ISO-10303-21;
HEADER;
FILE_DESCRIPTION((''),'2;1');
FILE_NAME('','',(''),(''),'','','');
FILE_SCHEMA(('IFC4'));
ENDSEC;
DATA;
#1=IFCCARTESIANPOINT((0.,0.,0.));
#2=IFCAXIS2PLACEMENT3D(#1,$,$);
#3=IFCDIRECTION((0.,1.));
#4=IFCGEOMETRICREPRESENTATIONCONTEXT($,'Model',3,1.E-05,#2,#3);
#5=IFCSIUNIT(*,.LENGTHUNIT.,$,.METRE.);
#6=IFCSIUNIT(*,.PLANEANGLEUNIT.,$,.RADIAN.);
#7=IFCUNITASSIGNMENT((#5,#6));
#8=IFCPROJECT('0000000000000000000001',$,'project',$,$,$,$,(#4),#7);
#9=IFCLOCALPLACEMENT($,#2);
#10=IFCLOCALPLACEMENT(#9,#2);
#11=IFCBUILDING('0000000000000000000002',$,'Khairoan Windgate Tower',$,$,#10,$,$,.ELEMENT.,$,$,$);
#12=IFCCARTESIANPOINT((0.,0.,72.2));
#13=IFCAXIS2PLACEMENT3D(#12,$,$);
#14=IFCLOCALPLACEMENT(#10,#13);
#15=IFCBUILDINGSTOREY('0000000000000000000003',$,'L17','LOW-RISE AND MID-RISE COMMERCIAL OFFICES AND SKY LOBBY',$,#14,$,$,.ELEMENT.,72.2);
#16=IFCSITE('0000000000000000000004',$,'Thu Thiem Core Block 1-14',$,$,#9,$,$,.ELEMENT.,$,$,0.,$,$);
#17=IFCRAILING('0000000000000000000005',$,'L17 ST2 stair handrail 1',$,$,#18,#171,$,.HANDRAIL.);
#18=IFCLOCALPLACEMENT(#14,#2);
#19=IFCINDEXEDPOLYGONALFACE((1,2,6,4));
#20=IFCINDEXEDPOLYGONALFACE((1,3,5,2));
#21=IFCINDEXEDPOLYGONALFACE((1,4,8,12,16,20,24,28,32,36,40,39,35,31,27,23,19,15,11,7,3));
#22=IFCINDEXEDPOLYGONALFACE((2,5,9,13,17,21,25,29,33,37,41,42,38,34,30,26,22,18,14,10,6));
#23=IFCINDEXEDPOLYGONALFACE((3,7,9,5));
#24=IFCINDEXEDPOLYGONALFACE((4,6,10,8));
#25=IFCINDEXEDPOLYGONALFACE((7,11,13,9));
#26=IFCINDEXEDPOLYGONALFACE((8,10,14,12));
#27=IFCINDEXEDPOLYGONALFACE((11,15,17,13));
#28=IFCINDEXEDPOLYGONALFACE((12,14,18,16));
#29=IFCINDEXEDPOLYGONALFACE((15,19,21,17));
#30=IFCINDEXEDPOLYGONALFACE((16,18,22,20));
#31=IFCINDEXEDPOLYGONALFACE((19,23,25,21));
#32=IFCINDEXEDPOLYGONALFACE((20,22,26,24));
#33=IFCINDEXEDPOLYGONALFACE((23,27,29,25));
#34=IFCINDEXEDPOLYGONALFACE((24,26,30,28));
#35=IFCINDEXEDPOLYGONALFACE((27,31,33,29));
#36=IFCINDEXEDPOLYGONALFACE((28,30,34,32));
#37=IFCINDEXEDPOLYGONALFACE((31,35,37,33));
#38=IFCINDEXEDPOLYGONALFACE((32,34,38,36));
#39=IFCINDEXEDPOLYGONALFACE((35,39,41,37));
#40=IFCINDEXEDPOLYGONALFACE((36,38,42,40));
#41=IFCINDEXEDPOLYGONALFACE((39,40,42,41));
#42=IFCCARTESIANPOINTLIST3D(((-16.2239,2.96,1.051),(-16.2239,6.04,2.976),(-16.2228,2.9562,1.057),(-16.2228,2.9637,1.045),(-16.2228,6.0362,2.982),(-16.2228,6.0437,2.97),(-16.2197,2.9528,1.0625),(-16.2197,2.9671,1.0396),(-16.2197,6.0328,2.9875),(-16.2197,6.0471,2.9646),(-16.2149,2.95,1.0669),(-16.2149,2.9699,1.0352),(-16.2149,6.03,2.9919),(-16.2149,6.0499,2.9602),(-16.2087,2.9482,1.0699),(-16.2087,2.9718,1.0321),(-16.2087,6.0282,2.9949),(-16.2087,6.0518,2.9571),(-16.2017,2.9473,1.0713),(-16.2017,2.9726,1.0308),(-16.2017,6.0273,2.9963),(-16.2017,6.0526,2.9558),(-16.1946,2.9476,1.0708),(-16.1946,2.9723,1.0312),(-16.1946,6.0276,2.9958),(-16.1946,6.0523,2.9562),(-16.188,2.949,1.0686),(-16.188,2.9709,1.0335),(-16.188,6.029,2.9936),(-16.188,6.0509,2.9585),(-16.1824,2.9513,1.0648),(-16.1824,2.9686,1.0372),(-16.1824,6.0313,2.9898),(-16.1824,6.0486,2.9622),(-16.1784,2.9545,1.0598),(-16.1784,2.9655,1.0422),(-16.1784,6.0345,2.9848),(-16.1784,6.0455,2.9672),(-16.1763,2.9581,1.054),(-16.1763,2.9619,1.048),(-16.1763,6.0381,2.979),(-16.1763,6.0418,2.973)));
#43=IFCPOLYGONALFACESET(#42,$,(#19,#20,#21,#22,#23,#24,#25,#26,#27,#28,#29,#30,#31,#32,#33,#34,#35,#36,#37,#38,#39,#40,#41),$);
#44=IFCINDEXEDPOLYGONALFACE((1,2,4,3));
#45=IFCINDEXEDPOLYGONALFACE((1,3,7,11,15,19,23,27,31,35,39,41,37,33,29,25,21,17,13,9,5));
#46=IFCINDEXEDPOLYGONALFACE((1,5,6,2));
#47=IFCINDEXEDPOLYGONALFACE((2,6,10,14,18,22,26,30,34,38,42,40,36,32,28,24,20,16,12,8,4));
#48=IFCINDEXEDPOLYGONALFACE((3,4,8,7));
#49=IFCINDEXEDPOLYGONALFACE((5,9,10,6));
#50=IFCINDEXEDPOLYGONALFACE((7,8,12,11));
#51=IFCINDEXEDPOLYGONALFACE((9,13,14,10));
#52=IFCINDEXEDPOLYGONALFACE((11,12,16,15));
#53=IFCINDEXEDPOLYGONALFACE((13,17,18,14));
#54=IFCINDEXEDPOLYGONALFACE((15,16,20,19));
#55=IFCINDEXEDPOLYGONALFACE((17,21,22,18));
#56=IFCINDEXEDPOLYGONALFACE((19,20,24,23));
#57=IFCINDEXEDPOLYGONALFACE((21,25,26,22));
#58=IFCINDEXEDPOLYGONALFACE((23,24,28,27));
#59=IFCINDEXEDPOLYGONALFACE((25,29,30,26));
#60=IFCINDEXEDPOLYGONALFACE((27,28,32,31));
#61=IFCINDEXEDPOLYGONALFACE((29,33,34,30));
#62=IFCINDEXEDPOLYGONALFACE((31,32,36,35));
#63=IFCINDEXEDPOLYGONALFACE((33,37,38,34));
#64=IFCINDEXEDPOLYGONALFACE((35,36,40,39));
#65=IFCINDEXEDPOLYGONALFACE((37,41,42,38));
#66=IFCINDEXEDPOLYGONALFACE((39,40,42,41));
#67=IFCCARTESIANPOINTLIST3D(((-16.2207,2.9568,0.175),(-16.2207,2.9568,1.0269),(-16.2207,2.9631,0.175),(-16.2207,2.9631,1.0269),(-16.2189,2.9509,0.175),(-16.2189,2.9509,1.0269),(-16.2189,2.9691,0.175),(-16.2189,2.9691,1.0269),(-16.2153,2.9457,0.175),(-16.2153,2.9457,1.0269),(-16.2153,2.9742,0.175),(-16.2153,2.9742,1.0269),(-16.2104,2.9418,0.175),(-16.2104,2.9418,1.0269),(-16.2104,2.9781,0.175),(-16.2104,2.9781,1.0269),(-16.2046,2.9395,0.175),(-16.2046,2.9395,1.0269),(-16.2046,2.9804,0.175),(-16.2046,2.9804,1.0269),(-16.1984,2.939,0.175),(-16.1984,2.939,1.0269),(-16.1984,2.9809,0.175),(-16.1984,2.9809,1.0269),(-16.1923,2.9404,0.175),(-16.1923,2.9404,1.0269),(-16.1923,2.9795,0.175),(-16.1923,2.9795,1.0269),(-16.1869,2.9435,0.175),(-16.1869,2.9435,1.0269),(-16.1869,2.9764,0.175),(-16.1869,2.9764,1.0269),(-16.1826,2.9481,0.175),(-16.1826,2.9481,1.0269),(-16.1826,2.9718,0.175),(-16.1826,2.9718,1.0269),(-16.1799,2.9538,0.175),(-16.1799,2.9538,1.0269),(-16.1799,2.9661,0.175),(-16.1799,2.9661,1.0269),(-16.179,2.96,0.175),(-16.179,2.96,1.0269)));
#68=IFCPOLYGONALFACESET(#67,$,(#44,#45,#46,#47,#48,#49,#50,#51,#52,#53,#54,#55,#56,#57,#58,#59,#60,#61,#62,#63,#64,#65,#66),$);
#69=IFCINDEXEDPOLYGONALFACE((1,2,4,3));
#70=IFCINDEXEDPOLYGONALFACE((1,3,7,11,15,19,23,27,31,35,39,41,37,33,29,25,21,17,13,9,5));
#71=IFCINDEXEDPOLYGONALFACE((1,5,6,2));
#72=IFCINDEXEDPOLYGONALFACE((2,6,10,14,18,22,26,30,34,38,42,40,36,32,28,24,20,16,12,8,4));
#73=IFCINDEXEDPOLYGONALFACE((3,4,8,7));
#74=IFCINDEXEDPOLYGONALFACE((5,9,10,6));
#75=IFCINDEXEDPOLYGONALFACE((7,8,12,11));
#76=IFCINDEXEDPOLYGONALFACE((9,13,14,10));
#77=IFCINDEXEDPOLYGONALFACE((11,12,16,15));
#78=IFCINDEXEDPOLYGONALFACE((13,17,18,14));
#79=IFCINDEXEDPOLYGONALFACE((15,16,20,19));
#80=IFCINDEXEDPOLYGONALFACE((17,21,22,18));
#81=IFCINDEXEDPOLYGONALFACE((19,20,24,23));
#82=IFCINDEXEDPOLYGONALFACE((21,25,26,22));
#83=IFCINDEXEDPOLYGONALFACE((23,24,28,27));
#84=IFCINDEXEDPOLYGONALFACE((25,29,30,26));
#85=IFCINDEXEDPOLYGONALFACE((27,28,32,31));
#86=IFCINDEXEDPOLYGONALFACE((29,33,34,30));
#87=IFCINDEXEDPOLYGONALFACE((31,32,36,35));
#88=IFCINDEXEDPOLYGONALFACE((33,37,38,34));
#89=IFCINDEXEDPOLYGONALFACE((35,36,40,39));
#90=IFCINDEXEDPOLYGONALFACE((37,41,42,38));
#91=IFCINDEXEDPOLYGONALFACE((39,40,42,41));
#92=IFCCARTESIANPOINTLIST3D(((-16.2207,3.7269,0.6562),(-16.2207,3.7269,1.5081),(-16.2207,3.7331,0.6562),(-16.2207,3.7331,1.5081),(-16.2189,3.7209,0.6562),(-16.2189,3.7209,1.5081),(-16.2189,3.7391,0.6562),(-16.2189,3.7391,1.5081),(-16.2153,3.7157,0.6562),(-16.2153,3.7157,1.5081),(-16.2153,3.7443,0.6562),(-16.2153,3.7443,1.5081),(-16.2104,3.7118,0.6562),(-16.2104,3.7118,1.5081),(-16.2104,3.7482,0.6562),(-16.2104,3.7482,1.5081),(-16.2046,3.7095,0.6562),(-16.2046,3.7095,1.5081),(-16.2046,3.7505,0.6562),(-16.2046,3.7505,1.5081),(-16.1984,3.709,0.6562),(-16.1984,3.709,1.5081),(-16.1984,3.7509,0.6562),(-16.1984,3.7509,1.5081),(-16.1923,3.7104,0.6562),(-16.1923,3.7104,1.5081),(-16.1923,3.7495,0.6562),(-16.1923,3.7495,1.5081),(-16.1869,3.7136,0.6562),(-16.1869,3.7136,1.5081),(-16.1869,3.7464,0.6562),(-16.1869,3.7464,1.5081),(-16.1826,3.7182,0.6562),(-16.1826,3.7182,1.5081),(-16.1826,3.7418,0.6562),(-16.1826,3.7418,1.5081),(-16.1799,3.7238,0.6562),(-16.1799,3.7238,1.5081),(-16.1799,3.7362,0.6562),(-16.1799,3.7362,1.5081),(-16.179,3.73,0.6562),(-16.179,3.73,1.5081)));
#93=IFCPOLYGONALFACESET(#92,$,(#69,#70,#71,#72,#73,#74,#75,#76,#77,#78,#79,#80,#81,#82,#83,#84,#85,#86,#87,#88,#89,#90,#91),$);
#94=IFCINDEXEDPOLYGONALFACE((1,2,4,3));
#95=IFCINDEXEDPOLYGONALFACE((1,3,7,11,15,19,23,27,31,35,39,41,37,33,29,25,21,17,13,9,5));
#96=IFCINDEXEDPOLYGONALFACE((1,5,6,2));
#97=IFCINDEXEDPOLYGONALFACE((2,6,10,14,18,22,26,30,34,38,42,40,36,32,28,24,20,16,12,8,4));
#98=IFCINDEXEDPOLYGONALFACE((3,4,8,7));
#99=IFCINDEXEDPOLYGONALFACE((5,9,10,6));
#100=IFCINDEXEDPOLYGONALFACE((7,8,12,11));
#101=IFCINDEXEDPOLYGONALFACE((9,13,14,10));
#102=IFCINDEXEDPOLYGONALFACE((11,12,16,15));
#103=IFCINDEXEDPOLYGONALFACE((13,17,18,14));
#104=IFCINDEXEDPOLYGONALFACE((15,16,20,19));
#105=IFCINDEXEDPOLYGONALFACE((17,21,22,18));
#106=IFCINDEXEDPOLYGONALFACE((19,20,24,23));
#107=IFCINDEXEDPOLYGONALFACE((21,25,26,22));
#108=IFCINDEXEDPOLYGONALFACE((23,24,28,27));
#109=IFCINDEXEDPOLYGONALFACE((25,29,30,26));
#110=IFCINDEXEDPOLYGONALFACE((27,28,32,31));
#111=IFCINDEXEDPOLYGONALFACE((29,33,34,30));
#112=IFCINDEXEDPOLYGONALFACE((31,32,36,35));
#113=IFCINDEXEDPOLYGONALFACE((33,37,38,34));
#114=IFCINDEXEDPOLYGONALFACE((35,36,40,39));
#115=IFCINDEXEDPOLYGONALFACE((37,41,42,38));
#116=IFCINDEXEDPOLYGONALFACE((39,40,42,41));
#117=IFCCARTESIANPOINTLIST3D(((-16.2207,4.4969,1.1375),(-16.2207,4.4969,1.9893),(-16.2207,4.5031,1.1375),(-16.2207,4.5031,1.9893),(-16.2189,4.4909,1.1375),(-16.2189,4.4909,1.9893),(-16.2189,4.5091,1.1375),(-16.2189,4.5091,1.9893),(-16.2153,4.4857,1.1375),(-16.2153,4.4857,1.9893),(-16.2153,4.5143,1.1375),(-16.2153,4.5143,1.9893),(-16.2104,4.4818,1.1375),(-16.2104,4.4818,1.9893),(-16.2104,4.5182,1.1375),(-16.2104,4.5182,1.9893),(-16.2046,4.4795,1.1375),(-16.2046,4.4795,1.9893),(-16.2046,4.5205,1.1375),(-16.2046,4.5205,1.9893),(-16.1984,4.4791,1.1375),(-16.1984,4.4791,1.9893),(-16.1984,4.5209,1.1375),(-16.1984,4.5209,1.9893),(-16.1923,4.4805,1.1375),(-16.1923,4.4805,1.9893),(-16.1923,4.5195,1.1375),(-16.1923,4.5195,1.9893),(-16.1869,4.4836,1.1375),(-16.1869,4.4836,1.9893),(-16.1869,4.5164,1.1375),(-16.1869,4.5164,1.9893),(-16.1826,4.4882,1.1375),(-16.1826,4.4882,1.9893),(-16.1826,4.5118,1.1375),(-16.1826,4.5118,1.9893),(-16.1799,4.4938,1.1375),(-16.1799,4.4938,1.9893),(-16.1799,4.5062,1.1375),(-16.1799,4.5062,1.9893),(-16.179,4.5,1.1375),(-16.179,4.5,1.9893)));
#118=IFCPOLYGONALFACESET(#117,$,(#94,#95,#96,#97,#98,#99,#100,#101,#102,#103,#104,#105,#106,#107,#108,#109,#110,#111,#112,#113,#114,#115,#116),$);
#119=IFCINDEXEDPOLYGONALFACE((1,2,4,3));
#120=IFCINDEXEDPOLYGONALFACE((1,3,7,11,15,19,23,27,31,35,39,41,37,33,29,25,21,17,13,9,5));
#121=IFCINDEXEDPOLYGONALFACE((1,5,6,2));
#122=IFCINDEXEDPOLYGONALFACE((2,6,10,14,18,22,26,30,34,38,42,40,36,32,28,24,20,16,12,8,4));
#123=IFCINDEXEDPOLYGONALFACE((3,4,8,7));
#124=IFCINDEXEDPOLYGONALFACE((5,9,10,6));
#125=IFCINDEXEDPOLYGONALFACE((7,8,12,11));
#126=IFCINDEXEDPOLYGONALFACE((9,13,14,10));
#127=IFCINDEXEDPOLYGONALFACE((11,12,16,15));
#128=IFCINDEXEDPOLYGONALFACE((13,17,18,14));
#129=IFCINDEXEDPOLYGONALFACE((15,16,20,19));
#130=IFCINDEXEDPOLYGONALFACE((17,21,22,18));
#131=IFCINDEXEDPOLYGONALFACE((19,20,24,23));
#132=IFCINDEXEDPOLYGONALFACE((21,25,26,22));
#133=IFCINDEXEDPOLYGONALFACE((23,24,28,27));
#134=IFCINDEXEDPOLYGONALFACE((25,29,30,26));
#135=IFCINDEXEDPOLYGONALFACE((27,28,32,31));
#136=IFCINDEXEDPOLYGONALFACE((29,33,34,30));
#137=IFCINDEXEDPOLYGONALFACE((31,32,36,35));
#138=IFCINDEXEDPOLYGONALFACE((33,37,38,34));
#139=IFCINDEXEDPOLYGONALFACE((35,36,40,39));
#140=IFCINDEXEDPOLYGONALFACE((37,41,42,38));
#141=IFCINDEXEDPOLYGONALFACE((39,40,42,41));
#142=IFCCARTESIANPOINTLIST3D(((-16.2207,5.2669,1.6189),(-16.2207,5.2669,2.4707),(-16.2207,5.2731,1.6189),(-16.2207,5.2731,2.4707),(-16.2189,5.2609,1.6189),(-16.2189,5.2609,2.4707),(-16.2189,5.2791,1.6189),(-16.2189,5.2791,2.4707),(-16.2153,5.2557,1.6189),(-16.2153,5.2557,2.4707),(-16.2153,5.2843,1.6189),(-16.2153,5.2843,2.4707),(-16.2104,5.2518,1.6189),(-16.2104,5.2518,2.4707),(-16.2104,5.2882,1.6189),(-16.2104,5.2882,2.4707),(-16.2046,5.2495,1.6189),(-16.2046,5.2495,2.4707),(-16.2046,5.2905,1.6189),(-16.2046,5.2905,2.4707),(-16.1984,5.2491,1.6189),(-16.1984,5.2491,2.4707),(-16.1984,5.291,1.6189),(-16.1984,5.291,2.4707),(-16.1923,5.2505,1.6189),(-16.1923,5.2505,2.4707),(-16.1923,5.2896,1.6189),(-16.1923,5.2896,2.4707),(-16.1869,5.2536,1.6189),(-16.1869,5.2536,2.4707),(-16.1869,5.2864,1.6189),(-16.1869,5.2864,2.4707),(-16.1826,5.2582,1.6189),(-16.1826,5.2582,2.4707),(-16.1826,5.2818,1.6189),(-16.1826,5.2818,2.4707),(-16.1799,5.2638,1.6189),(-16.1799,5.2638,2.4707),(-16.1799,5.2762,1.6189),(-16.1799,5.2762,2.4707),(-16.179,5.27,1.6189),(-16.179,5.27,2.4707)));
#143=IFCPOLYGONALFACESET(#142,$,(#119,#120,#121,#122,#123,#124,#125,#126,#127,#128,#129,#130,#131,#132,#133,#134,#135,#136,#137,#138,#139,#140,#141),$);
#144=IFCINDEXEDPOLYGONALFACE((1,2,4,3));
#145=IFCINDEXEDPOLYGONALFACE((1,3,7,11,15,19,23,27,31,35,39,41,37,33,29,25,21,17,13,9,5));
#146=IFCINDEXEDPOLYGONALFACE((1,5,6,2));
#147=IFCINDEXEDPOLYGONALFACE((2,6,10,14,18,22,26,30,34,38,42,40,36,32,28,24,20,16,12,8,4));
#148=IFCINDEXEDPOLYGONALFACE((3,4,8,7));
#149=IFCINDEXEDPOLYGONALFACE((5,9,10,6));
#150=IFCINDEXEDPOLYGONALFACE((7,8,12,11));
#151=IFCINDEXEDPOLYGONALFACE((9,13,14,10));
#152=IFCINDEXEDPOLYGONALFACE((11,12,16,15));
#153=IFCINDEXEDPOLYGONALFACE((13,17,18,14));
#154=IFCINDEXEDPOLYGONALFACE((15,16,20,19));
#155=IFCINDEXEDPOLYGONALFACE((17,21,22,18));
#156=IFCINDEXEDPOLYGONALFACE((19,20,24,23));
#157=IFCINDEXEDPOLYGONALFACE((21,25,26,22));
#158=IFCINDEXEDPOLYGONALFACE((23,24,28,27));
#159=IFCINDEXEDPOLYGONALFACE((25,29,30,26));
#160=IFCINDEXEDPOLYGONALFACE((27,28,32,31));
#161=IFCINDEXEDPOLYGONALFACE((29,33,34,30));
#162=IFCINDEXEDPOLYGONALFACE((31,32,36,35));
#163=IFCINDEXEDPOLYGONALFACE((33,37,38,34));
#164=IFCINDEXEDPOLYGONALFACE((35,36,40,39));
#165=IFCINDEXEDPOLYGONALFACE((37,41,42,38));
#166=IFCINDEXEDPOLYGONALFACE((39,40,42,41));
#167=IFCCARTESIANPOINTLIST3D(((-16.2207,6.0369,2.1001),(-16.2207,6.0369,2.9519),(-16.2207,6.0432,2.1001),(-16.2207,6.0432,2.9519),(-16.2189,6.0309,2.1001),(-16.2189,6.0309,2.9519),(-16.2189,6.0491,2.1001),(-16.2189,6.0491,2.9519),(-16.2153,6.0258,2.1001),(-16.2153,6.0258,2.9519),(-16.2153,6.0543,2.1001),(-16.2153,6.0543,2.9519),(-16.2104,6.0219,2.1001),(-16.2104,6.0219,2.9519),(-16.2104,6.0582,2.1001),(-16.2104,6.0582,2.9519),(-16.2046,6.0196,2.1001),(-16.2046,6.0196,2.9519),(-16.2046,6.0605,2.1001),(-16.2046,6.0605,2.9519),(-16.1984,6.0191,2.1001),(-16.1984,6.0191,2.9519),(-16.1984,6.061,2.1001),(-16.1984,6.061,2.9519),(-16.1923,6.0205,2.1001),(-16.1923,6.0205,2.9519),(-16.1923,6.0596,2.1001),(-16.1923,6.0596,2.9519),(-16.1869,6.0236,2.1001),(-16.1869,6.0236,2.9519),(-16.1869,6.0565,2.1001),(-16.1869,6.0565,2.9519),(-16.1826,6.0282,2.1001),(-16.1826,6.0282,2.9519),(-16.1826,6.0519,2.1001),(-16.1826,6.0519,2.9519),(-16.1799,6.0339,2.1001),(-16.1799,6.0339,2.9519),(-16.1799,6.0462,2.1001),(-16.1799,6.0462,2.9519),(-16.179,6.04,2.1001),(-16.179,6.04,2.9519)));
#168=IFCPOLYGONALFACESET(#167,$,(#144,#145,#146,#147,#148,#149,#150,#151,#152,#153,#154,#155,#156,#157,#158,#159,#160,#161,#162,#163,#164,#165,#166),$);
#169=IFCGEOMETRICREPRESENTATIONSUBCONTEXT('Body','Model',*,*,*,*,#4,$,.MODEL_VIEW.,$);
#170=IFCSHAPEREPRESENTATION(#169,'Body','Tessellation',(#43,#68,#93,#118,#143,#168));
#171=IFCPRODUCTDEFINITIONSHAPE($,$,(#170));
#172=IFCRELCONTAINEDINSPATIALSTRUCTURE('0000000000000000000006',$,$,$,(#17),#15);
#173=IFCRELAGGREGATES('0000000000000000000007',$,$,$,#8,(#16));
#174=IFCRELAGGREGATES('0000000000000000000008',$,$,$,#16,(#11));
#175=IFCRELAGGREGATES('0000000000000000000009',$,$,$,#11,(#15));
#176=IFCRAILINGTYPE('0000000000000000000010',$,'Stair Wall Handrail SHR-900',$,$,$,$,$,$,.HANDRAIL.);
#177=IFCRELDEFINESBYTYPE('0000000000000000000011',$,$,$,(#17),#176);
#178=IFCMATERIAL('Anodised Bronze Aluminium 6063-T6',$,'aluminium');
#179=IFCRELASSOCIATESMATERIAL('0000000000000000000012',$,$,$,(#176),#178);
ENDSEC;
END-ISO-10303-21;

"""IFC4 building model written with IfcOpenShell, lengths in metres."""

from ifc_helpers import new_model, si_unit, direction, frame, origin, origin_2d, place, context, subcontext, project, spatial, circle, extrude, material, type_object, element, save


model = new_model("IFC4")

# Units and contexts
model_context = context("Model", 3, precision=1e-05, world=origin(), true_north=direction((0.0, 1.0)))
body_context = subcontext(model_context, "Body", "Model", "MODEL_VIEW")
ifc_project = project(units=[si_unit("LENGTHUNIT", "METRE"), si_unit("PLANEANGLEUNIT", "RADIAN")], contexts=[model_context])

# Site, building, storey
site_placement = place(None, origin())
site = spatial("IfcSite", under=ifc_project, at=site_placement, Name="Thu Thiem Core Block 1-14", CompositionType="ELEMENT", RefElevation=0.0)
building_placement = place(site_placement, origin())
building = spatial("IfcBuilding", under=site, at=building_placement, Name="Khairoan Windgate Tower", CompositionType="ELEMENT")
storey_placement = place(building_placement, frame((0.0, 0.0, 72.2)))
storey = spatial("IfcBuildingStorey", under=building, at=storey_placement, Name="L17", Description="LOW-RISE AND MID-RISE COMMERCIAL OFFICES AND SKY LOBBY", CompositionType="ELEMENT", Elevation=72.2)

# Railing
ifc_material_1 = material(Name="Anodised Bronze Aluminium 6063-T6", Category="aluminium")
railing_type_1 = type_object("IfcRailingType", Name="Stair Wall Handrail SHR-900", PredefinedType="HANDRAIL", material=ifc_material_1)
railing_1_placement = place(storey_placement, frame((-16.2, 2.96, 0.175)))
element("IfcRailing", 1, at=railing_1_placement, inside=storey, type_object=railing_type_1, Name="L17 ST2 stair handrail 1", PredefinedType="HANDRAIL", context=body_context, shape_type="SweptSolid", body=[
    extrude(circle(Radius=0.0239, at=origin_2d()), frame((0.0, 0.0, 0.876), z_axis=(0.0, 0.847998, 0.529999), x_axis=(-1.0, 0.0, 0.0)), (0.0, 0.0, 1.0), 3.6321),
    extrude(circle(Radius=0.021, at=origin_2d()), origin(), (0.0, 0.0, 1.0), 0.8518),
    extrude(circle(Radius=0.021, at=origin_2d()), frame((0.0, 0.77, 0.4812)), (0.0, 0.0, 1.0), 0.8518),
    extrude(circle(Radius=0.021, at=origin_2d()), frame((0.0, 1.54, 0.9624)), (0.0, 0.0, 1.0), 0.8518),
    extrude(circle(Radius=0.021, at=origin_2d()), frame((0.0, 2.3101, 1.4438)), (0.0, 0.0, 1.0), 0.8518),
    extrude(circle(Radius=0.021, at=origin_2d()), frame((0.0, 3.0801, 1.925)), (0.0, 0.0, 1.0), 0.8518),
])

save(model, "model.ifc")
